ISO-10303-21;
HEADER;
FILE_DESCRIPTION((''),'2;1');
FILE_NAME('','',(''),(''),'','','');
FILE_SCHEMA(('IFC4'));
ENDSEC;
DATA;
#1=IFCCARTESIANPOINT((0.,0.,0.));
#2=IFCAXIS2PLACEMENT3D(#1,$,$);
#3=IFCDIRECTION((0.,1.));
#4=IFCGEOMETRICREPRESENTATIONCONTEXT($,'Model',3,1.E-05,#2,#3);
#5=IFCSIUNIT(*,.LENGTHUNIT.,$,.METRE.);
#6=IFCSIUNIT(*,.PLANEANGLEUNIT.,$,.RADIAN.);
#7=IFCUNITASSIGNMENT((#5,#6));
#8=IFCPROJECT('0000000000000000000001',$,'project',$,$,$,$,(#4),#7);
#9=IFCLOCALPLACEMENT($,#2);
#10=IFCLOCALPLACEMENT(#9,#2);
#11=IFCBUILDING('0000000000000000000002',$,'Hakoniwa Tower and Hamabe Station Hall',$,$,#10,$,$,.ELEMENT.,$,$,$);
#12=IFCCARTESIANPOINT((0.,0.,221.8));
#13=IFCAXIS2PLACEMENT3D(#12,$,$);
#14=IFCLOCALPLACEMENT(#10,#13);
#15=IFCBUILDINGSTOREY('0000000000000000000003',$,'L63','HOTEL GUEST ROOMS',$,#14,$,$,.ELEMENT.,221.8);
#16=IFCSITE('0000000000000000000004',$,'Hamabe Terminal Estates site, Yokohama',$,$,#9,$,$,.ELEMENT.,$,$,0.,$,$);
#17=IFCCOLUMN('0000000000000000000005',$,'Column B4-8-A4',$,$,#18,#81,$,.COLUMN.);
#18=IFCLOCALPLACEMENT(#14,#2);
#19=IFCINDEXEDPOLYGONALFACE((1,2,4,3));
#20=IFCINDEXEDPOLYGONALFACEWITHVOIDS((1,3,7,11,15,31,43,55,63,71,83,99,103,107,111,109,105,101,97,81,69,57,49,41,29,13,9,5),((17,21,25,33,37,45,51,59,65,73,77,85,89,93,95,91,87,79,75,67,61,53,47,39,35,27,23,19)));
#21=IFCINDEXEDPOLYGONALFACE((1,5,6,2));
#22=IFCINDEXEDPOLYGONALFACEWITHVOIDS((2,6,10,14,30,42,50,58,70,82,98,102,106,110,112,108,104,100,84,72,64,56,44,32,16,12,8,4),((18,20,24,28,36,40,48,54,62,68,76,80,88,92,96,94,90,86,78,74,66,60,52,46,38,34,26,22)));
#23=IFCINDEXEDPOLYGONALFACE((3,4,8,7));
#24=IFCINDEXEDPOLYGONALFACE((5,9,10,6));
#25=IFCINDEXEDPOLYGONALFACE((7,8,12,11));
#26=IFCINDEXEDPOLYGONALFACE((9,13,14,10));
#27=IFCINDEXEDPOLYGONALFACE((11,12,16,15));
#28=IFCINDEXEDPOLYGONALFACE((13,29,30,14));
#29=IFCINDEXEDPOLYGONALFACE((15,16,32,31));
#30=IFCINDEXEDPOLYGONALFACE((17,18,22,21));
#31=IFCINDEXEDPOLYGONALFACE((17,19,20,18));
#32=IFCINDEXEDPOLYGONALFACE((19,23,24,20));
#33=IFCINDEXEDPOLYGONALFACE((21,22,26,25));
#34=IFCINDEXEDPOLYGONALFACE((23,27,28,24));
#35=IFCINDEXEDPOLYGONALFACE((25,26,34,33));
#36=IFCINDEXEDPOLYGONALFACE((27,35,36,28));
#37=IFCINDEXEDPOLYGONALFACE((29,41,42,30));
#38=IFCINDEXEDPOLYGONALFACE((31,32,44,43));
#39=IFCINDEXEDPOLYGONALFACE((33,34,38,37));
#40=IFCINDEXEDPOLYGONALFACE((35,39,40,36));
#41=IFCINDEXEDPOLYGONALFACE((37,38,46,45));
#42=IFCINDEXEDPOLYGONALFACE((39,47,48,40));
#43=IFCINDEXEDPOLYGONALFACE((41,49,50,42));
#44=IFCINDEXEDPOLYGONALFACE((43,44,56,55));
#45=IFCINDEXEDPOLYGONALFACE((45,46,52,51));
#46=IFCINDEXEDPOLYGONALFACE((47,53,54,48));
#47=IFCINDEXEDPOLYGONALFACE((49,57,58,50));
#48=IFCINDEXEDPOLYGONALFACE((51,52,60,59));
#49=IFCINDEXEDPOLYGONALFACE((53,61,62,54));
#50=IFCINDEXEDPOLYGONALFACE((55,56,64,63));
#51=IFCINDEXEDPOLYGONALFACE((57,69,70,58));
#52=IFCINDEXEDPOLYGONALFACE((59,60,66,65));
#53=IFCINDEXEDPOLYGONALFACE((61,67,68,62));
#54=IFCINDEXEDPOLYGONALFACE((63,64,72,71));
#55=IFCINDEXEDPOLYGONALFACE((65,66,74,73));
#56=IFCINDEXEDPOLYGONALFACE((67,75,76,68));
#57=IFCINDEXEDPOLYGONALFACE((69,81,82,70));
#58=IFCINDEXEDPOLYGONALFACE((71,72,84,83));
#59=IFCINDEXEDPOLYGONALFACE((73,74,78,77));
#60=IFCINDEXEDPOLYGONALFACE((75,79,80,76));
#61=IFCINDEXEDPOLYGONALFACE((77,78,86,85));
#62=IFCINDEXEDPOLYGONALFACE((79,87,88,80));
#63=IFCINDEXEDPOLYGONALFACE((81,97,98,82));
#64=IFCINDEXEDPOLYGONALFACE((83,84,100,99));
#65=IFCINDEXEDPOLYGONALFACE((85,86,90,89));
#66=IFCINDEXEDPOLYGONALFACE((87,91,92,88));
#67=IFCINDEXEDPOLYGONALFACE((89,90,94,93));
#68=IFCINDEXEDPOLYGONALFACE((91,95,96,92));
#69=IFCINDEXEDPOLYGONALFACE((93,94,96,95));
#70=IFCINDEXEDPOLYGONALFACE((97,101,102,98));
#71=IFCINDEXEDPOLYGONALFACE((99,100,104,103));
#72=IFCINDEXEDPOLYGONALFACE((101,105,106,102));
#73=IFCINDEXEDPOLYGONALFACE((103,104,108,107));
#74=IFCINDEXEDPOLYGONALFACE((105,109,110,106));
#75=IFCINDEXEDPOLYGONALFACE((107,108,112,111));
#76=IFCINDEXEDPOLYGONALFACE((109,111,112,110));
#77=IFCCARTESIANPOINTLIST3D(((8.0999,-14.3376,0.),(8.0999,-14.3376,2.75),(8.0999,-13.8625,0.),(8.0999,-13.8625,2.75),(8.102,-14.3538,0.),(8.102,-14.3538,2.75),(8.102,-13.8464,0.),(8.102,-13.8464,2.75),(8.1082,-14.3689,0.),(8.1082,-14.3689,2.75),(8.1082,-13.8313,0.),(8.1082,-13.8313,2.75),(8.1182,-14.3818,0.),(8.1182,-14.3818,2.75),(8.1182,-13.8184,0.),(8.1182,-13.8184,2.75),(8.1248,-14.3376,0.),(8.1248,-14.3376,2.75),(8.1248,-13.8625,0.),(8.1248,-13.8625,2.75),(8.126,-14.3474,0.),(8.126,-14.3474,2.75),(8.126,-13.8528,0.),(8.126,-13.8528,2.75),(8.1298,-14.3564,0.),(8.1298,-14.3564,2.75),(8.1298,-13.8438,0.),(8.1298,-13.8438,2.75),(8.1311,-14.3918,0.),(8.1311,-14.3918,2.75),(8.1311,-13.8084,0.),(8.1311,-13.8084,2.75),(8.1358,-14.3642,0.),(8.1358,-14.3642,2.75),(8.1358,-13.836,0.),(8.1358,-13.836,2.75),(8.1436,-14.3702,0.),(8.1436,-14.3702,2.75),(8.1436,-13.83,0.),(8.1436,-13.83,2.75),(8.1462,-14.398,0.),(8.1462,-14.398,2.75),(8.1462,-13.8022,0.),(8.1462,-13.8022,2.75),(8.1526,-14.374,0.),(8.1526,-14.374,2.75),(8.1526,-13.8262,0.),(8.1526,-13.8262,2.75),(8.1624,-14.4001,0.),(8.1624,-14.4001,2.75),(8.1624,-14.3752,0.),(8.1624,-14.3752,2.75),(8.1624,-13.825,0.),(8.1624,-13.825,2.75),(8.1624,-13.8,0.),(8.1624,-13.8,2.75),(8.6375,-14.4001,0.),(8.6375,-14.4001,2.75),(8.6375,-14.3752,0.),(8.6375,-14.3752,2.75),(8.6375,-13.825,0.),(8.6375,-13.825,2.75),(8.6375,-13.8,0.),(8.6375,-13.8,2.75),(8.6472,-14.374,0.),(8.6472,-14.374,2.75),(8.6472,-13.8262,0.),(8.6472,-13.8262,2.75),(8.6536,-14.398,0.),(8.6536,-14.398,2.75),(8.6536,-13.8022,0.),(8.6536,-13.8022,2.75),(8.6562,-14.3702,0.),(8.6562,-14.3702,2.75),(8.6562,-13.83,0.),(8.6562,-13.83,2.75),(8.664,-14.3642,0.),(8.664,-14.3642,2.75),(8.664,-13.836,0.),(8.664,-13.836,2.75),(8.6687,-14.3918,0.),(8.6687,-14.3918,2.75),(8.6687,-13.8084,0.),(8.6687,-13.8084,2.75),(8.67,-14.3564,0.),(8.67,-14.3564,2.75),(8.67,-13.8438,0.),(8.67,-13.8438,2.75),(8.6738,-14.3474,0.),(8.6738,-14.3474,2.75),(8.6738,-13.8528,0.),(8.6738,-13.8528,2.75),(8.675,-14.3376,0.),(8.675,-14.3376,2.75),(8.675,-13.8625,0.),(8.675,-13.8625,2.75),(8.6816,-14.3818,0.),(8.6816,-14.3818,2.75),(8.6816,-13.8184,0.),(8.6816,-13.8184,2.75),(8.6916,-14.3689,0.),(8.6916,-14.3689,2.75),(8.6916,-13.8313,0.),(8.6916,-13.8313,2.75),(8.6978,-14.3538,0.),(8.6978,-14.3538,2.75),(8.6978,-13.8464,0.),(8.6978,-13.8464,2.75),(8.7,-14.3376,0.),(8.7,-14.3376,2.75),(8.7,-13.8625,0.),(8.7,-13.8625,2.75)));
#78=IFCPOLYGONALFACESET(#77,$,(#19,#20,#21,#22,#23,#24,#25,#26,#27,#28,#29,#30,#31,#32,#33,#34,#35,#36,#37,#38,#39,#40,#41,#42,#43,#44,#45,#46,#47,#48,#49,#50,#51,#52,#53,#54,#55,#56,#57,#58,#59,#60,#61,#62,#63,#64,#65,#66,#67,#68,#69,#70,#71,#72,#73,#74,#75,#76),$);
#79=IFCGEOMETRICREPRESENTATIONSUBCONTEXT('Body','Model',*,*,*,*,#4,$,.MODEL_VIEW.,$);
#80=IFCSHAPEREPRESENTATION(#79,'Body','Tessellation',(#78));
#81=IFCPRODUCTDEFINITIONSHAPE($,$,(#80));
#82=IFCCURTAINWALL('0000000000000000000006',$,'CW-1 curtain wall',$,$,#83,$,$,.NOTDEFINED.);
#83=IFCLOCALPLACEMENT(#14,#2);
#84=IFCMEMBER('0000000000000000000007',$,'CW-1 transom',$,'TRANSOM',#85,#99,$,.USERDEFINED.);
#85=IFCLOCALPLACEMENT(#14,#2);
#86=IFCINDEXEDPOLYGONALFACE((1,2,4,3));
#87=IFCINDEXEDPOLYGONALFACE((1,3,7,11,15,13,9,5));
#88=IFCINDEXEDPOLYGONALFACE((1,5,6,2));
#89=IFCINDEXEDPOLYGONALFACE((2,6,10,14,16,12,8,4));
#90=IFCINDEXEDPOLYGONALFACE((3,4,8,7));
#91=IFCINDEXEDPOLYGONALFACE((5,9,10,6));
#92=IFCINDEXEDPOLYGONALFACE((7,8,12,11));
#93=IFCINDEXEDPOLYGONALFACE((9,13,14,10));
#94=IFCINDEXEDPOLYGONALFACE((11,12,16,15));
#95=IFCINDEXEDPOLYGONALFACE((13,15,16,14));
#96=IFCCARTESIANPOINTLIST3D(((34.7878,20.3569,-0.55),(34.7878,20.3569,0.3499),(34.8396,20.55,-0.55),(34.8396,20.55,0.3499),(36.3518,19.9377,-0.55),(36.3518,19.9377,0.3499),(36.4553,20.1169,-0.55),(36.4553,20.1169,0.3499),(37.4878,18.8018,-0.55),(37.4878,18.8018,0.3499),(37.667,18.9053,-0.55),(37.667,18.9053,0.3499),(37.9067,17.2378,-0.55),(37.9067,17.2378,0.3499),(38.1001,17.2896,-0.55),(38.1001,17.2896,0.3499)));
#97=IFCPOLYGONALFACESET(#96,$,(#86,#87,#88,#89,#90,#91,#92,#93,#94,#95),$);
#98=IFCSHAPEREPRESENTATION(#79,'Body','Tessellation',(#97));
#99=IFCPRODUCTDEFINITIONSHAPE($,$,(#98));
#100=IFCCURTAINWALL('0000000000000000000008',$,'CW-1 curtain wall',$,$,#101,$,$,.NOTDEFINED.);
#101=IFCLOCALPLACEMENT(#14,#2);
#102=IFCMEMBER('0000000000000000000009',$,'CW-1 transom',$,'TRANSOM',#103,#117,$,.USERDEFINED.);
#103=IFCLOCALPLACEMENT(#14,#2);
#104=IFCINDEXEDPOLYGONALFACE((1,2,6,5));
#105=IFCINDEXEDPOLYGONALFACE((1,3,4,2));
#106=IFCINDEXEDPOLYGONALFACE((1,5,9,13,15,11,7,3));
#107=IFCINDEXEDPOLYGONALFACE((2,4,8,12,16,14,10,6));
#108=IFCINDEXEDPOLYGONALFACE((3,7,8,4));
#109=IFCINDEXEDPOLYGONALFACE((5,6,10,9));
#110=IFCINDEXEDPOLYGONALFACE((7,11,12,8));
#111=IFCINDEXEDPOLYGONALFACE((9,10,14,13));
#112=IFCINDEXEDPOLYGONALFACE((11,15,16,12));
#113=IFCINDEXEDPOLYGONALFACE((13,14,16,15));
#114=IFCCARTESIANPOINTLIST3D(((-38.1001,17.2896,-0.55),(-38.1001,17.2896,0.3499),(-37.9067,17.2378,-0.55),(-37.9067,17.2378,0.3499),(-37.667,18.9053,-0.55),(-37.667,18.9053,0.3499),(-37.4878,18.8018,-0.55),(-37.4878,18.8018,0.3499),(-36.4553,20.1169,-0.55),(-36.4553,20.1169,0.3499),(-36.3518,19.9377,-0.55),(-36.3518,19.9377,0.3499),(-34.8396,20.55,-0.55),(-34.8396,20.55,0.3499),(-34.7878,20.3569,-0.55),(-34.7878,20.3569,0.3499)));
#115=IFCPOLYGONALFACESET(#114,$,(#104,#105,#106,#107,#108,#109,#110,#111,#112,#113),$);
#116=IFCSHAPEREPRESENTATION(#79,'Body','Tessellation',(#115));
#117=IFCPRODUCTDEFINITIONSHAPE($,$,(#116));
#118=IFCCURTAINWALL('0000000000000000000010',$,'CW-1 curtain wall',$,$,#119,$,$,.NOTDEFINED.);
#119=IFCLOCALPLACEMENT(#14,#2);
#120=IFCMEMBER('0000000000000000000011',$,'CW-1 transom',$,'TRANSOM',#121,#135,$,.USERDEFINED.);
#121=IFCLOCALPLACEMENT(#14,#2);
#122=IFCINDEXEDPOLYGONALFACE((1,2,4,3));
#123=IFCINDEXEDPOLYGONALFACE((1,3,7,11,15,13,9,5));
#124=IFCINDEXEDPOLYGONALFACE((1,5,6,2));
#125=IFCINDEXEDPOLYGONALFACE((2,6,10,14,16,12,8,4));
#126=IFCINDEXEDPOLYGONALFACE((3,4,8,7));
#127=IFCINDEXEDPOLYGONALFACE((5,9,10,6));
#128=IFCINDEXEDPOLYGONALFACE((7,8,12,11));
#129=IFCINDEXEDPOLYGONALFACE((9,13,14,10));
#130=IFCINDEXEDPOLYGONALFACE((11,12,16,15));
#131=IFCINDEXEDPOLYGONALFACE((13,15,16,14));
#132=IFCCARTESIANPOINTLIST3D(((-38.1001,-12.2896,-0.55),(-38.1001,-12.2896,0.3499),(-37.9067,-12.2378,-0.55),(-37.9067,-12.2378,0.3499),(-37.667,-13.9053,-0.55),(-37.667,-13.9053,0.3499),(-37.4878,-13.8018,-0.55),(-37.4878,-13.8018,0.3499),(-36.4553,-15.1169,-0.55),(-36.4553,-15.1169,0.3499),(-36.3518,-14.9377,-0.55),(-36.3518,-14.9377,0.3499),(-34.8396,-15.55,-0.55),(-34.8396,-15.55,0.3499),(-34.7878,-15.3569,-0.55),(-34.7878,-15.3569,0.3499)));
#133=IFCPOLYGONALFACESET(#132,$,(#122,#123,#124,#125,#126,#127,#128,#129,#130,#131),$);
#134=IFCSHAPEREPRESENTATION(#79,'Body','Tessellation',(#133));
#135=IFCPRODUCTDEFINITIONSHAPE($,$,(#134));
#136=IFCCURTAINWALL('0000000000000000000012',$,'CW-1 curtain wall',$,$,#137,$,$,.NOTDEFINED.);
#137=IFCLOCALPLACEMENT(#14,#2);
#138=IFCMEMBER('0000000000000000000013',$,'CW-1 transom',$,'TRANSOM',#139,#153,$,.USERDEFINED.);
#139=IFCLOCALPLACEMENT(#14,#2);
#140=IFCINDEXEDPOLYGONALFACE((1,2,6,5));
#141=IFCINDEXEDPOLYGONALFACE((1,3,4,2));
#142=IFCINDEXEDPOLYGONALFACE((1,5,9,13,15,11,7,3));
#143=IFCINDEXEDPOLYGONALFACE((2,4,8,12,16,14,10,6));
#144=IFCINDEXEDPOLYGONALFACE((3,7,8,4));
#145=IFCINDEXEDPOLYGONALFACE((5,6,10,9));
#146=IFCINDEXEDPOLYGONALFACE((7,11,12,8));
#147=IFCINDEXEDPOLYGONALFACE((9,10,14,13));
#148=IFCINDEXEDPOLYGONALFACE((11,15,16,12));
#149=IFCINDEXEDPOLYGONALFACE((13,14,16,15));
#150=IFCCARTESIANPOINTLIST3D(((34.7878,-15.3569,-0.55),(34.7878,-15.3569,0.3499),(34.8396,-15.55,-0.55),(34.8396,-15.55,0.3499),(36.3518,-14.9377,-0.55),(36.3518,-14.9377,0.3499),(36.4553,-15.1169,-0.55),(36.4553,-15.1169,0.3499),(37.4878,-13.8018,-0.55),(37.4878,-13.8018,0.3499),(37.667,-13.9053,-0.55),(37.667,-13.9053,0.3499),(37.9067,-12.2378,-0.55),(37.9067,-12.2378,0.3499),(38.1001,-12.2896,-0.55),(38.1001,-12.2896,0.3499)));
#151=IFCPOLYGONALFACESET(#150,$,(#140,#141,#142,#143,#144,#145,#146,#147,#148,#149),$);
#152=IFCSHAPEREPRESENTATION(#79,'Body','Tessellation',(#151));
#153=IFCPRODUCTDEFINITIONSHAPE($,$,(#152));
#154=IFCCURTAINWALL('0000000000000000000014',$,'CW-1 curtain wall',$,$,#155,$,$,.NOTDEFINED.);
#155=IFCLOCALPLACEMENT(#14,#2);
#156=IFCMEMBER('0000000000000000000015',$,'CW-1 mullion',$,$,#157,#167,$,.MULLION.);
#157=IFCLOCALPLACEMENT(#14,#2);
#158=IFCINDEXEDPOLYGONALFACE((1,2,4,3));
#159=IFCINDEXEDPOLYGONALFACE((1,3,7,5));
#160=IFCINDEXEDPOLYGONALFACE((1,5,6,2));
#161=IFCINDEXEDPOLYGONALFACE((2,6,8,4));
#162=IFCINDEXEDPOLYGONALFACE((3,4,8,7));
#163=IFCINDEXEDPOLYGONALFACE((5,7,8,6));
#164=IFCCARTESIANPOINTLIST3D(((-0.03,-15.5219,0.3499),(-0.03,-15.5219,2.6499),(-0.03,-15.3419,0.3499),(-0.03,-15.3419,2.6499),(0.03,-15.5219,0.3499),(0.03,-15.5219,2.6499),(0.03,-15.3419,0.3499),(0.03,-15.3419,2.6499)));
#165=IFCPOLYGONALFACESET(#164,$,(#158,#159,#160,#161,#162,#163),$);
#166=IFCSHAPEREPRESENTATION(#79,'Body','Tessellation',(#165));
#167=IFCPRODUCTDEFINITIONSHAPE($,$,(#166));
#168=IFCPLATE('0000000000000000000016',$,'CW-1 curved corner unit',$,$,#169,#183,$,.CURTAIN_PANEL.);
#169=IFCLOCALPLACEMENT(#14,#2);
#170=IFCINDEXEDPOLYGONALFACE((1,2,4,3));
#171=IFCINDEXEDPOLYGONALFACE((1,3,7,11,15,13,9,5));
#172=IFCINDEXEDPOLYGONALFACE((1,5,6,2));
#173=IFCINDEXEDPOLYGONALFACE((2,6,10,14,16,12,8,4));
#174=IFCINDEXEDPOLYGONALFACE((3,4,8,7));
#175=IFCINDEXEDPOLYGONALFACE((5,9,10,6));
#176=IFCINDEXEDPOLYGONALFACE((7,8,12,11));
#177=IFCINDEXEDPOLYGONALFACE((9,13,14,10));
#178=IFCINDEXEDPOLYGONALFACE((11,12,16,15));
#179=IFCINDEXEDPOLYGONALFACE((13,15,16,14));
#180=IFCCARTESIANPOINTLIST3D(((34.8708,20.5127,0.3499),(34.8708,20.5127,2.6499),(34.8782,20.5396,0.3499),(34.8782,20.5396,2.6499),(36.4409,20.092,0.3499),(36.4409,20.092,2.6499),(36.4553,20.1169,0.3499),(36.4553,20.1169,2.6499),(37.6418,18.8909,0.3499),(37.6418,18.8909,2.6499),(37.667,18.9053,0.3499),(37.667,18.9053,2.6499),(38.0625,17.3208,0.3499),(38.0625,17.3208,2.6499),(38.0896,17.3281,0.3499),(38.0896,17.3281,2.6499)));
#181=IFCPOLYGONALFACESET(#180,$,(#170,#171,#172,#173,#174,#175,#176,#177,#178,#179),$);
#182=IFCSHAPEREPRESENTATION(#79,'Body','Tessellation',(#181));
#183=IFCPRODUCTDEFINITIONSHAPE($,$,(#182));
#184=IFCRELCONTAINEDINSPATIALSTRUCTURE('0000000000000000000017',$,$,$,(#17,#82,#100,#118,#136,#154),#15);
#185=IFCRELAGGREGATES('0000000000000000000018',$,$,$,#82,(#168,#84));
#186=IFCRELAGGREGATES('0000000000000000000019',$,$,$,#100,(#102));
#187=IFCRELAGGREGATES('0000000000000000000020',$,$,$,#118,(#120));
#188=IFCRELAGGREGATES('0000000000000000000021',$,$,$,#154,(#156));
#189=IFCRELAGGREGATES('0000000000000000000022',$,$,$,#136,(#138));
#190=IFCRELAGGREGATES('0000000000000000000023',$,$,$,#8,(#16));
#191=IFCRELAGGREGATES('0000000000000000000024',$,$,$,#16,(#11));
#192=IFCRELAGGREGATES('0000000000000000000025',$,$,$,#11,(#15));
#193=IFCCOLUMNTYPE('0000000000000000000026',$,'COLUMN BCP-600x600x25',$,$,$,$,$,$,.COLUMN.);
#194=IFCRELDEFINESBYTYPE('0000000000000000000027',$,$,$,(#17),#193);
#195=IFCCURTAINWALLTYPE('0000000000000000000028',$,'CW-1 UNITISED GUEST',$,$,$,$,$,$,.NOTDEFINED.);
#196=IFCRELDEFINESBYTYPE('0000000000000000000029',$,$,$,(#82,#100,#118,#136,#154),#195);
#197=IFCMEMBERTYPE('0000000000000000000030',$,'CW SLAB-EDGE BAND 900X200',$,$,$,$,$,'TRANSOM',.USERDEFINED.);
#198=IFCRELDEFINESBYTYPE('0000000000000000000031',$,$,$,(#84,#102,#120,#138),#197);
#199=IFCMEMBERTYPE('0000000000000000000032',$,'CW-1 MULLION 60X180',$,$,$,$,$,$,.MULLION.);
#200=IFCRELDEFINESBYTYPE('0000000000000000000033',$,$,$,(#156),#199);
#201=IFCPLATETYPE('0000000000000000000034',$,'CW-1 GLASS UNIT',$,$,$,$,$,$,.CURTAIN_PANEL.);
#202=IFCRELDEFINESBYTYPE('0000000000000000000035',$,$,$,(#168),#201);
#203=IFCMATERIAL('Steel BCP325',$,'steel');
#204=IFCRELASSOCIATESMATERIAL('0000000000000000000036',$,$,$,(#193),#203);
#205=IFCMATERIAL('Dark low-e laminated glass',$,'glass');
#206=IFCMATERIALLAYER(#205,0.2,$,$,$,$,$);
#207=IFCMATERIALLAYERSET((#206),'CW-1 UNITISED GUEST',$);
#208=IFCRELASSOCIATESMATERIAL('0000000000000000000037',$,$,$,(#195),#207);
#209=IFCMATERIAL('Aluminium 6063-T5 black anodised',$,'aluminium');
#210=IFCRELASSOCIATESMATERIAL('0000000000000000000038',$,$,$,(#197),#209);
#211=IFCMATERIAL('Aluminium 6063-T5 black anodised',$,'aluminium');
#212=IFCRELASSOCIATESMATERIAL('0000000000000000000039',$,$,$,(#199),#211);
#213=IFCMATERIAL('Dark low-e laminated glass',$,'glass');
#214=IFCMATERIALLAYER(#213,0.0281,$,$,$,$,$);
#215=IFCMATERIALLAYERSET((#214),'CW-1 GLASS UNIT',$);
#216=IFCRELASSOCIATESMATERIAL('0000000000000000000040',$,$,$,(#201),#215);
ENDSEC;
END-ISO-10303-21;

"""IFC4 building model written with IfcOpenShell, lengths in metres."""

from ifc_helpers import new_model, si_unit, direction, frame, origin, origin_2d, place, context, subcontext, project, spatial, polyline, rectangle, hollow_rectangle, outline, extrude, material, layer, layer_set, material_profile, profile_set, type_object, element, aggregate, save


model = new_model("IFC4")

# Units and contexts
model_context = context("Model", 3, precision=1e-05, world=origin(), true_north=direction((0.0, 1.0)))
body_context = subcontext(model_context, "Body", "Model", "MODEL_VIEW")
ifc_project = project(units=[si_unit("LENGTHUNIT", "METRE"), si_unit("PLANEANGLEUNIT", "RADIAN")], contexts=[model_context])

# Site, building, storey
site_placement = place(None, origin())
site = spatial("IfcSite", under=ifc_project, at=site_placement, Name="Hamabe Terminal Estates site, Yokohama", CompositionType="ELEMENT", RefElevation=0.0)
building_placement = place(site_placement, origin())
building = spatial("IfcBuilding", under=site, at=building_placement, Name="Hakoniwa Tower and Hamabe Station Hall", CompositionType="ELEMENT")
storey_placement = place(building_placement, frame((0.0, 0.0, 221.8)))
storey = spatial("IfcBuildingStorey", under=building, at=storey_placement, Name="L63", Description="HOTEL GUEST ROOMS", CompositionType="ELEMENT", Elevation=221.8)

# Column
ifc_material_1 = material(Name="Steel BCP325", Category="steel")
ifc_material_profile_1 = material_profile(ifc_material_1, hollow_rectangle(XDim=0.6001, YDim=0.6001, WallThickness=0.0249, InnerFilletRadius=0.0376, OuterFilletRadius=0.0625, at=origin_2d()), Name="BCP-600x600x25")
ifc_profile_set_1 = profile_set([ifc_material_profile_1], Name="Steel BCP325")
column_type = type_object("IfcColumnType", Name="COLUMN BCP-600x600x25", PredefinedType="COLUMN", material=ifc_profile_set_1)
column_placement = place(storey_placement, frame((8.3999, -14.1001, 0.0), z_axis=(0.0, 0.0, 1.0), x_axis=(1.0, 0.0, 0.0)))
element("IfcColumn", 1, at=column_placement, inside=storey, type_object=column_type, Name="Column B4-8-A4", PredefinedType="COLUMN", context=body_context, shape_type="SweptSolid", body=[
    extrude(hollow_rectangle(XDim=0.6001, YDim=0.6001, WallThickness=0.0249, InnerFilletRadius=0.0376, OuterFilletRadius=0.0625, at=origin_2d()), origin(), (0.0, 0.0, 1.0), 2.75),
])

# Curtain walls, members
ifc_material_2 = material(Name="Dark low-e laminated glass", Category="glass")
ifc_layer_1 = layer(ifc_material_2, 0.2)
ifc_layer_set_1 = layer_set([ifc_layer_1], Name="CW-1 UNITISED GUEST")
curtain_wall_type = type_object("IfcCurtainWallType", Name="CW-1 UNITISED GUEST", PredefinedType="NOTDEFINED", material=ifc_layer_set_1)
curtain_wall_1_placement = place(storey_placement, origin())
curtain_wall_1 = element("IfcCurtainWall", 2, at=curtain_wall_1_placement, inside=storey, type_object=curtain_wall_type, Name="CW-1 curtain wall", PredefinedType="NOTDEFINED")
ifc_material_3 = material(Name="Aluminium 6063-T5 black anodised", Category="aluminium")
ifc_material_profile_2 = material_profile(ifc_material_3, rectangle(XDim=0.2, YDim=0.8999, at=origin_2d()), Name="CW SLAB-EDGE BAND 900X200")
ifc_profile_set_2 = profile_set([ifc_material_profile_2], Name="Aluminium 6063-T5 black anodised")
member_type_1 = type_object("IfcMemberType", Name="CW SLAB-EDGE BAND 900X200", ElementType="TRANSOM", PredefinedType="USERDEFINED", material=ifc_profile_set_2)
member_1_placement = place(storey_placement, frame((0.0, 0.0, -0.55)))
member_1 = element("IfcMember", 3, at=member_1_placement, type_object=member_type_1, Name="CW-1 transom", ObjectType="TRANSOM", PredefinedType="USERDEFINED", context=body_context, shape_type="SweptSolid", body=[
    extrude(outline(polyline([(38.1001, 17.2896), (37.667, 18.9053), (36.4553, 20.1169), (34.8396, 20.55), (34.7878, 20.3569), (36.3518, 19.9377), (37.4878, 18.8018), (37.9067, 17.2378), (38.1001, 17.2896)])), origin(), (0.0, 0.0, 1.0), 0.8999),
])
curtain_wall_2_placement = place(storey_placement, origin())
curtain_wall_2 = element("IfcCurtainWall", 4, at=curtain_wall_2_placement, inside=storey, type_object=curtain_wall_type, Name="CW-1 curtain wall", PredefinedType="NOTDEFINED")
member_2_placement = place(storey_placement, frame((0.0, 0.0, -0.55)))
member_2 = element("IfcMember", 5, at=member_2_placement, type_object=member_type_1, Name="CW-1 transom", ObjectType="TRANSOM", PredefinedType="USERDEFINED", context=body_context, shape_type="SweptSolid", body=[
    extrude(outline(polyline([(-34.8396, 20.55), (-36.4553, 20.1169), (-37.667, 18.9053), (-38.1001, 17.2896), (-37.9067, 17.2378), (-37.4878, 18.8018), (-36.3518, 19.9377), (-34.7878, 20.3569), (-34.8396, 20.55)])), origin(), (0.0, 0.0, 1.0), 0.8999),
])
curtain_wall_3_placement = place(storey_placement, origin())
curtain_wall_3 = element("IfcCurtainWall", 6, at=curtain_wall_3_placement, inside=storey, type_object=curtain_wall_type, Name="CW-1 curtain wall", PredefinedType="NOTDEFINED")
member_3_placement = place(storey_placement, frame((0.0, 0.0, -0.55)))
member_3 = element("IfcMember", 7, at=member_3_placement, type_object=member_type_1, Name="CW-1 transom", ObjectType="TRANSOM", PredefinedType="USERDEFINED", context=body_context, shape_type="SweptSolid", body=[
    extrude(outline(polyline([(-38.1001, -12.2896), (-37.667, -13.9053), (-36.4553, -15.1169), (-34.8396, -15.55), (-34.7878, -15.3569), (-36.3518, -14.9377), (-37.4878, -13.8018), (-37.9067, -12.2378), (-38.1001, -12.2896)])), origin(), (0.0, 0.0, 1.0), 0.8999),
])
curtain_wall_4_placement = place(storey_placement, origin())
curtain_wall_4 = element("IfcCurtainWall", 8, at=curtain_wall_4_placement, inside=storey, type_object=curtain_wall_type, Name="CW-1 curtain wall", PredefinedType="NOTDEFINED")
member_4_placement = place(storey_placement, frame((0.0, 0.0, -0.55)))
member_4 = element("IfcMember", 9, at=member_4_placement, type_object=member_type_1, Name="CW-1 transom", ObjectType="TRANSOM", PredefinedType="USERDEFINED", context=body_context, shape_type="SweptSolid", body=[
    extrude(outline(polyline([(34.8396, -15.55), (36.4553, -15.1169), (37.667, -13.9053), (38.1001, -12.2896), (37.9067, -12.2378), (37.4878, -13.8018), (36.3518, -14.9377), (34.7878, -15.3569), (34.8396, -15.55)])), origin(), (0.0, 0.0, 1.0), 0.8999),
])
curtain_wall_5_placement = place(storey_placement, origin())
curtain_wall_5 = element("IfcCurtainWall", 10, at=curtain_wall_5_placement, inside=storey, type_object=curtain_wall_type, Name="CW-1 curtain wall", PredefinedType="NOTDEFINED")
ifc_material_4 = material(Name="Aluminium 6063-T5 black anodised", Category="aluminium")
ifc_material_profile_3 = material_profile(ifc_material_4, rectangle(XDim=0.0601, YDim=0.1799, at=origin_2d()), Name="CW-1 MULLION 60X180")
ifc_profile_set_3 = profile_set([ifc_material_profile_3], Name="Aluminium 6063-T5 black anodised")
member_type_2 = type_object("IfcMemberType", Name="CW-1 MULLION 60X180", PredefinedType="MULLION", material=ifc_profile_set_3)
member_5_placement = place(storey_placement, frame((0.0, -15.4319, 0.3499), z_axis=(0.0, 0.0, 1.0), x_axis=(1.0, 0.0, 0.0)))
member_5 = element("IfcMember", 11, at=member_5_placement, type_object=member_type_2, Name="CW-1 mullion", PredefinedType="MULLION", context=body_context, shape_type="SweptSolid", body=[
    extrude(rectangle(XDim=0.0601, YDim=0.1799, at=origin_2d()), origin(), (0.0, 0.0, 1.0), 2.3),
])

# Plate
ifc_material_5 = material(Name="Dark low-e laminated glass", Category="glass")
ifc_layer_2 = layer(ifc_material_5, 0.0281)
ifc_layer_set_2 = layer_set([ifc_layer_2], Name="CW-1 GLASS UNIT")
plate_type = type_object("IfcPlateType", Name="CW-1 GLASS UNIT", PredefinedType="CURTAIN_PANEL", material=ifc_layer_set_2)
plate_1_placement = place(storey_placement, frame((0.0, 0.0, 0.3499)))
plate_1 = element("IfcPlate", 12, at=plate_1_placement, type_object=plate_type, Name="CW-1 curved corner unit", PredefinedType="CURTAIN_PANEL", context=body_context, shape_type="SweptSolid", body=[
    extrude(outline(polyline([(38.0896, 17.3281), (37.667, 18.9053), (36.4553, 20.1169), (34.8782, 20.5396), (34.8708, 20.5127), (36.4409, 20.092), (37.6418, 18.8909), (38.0625, 17.3208), (38.0896, 17.3281)])), origin(), (0.0, 0.0, 1.0), 2.3),
])
aggregate(curtain_wall_1, [plate_1, member_1])
aggregate(curtain_wall_2, [member_2])
aggregate(curtain_wall_3, [member_3])
aggregate(curtain_wall_5, [member_5])
aggregate(curtain_wall_4, [member_4])

save(model, "model.ifc")
